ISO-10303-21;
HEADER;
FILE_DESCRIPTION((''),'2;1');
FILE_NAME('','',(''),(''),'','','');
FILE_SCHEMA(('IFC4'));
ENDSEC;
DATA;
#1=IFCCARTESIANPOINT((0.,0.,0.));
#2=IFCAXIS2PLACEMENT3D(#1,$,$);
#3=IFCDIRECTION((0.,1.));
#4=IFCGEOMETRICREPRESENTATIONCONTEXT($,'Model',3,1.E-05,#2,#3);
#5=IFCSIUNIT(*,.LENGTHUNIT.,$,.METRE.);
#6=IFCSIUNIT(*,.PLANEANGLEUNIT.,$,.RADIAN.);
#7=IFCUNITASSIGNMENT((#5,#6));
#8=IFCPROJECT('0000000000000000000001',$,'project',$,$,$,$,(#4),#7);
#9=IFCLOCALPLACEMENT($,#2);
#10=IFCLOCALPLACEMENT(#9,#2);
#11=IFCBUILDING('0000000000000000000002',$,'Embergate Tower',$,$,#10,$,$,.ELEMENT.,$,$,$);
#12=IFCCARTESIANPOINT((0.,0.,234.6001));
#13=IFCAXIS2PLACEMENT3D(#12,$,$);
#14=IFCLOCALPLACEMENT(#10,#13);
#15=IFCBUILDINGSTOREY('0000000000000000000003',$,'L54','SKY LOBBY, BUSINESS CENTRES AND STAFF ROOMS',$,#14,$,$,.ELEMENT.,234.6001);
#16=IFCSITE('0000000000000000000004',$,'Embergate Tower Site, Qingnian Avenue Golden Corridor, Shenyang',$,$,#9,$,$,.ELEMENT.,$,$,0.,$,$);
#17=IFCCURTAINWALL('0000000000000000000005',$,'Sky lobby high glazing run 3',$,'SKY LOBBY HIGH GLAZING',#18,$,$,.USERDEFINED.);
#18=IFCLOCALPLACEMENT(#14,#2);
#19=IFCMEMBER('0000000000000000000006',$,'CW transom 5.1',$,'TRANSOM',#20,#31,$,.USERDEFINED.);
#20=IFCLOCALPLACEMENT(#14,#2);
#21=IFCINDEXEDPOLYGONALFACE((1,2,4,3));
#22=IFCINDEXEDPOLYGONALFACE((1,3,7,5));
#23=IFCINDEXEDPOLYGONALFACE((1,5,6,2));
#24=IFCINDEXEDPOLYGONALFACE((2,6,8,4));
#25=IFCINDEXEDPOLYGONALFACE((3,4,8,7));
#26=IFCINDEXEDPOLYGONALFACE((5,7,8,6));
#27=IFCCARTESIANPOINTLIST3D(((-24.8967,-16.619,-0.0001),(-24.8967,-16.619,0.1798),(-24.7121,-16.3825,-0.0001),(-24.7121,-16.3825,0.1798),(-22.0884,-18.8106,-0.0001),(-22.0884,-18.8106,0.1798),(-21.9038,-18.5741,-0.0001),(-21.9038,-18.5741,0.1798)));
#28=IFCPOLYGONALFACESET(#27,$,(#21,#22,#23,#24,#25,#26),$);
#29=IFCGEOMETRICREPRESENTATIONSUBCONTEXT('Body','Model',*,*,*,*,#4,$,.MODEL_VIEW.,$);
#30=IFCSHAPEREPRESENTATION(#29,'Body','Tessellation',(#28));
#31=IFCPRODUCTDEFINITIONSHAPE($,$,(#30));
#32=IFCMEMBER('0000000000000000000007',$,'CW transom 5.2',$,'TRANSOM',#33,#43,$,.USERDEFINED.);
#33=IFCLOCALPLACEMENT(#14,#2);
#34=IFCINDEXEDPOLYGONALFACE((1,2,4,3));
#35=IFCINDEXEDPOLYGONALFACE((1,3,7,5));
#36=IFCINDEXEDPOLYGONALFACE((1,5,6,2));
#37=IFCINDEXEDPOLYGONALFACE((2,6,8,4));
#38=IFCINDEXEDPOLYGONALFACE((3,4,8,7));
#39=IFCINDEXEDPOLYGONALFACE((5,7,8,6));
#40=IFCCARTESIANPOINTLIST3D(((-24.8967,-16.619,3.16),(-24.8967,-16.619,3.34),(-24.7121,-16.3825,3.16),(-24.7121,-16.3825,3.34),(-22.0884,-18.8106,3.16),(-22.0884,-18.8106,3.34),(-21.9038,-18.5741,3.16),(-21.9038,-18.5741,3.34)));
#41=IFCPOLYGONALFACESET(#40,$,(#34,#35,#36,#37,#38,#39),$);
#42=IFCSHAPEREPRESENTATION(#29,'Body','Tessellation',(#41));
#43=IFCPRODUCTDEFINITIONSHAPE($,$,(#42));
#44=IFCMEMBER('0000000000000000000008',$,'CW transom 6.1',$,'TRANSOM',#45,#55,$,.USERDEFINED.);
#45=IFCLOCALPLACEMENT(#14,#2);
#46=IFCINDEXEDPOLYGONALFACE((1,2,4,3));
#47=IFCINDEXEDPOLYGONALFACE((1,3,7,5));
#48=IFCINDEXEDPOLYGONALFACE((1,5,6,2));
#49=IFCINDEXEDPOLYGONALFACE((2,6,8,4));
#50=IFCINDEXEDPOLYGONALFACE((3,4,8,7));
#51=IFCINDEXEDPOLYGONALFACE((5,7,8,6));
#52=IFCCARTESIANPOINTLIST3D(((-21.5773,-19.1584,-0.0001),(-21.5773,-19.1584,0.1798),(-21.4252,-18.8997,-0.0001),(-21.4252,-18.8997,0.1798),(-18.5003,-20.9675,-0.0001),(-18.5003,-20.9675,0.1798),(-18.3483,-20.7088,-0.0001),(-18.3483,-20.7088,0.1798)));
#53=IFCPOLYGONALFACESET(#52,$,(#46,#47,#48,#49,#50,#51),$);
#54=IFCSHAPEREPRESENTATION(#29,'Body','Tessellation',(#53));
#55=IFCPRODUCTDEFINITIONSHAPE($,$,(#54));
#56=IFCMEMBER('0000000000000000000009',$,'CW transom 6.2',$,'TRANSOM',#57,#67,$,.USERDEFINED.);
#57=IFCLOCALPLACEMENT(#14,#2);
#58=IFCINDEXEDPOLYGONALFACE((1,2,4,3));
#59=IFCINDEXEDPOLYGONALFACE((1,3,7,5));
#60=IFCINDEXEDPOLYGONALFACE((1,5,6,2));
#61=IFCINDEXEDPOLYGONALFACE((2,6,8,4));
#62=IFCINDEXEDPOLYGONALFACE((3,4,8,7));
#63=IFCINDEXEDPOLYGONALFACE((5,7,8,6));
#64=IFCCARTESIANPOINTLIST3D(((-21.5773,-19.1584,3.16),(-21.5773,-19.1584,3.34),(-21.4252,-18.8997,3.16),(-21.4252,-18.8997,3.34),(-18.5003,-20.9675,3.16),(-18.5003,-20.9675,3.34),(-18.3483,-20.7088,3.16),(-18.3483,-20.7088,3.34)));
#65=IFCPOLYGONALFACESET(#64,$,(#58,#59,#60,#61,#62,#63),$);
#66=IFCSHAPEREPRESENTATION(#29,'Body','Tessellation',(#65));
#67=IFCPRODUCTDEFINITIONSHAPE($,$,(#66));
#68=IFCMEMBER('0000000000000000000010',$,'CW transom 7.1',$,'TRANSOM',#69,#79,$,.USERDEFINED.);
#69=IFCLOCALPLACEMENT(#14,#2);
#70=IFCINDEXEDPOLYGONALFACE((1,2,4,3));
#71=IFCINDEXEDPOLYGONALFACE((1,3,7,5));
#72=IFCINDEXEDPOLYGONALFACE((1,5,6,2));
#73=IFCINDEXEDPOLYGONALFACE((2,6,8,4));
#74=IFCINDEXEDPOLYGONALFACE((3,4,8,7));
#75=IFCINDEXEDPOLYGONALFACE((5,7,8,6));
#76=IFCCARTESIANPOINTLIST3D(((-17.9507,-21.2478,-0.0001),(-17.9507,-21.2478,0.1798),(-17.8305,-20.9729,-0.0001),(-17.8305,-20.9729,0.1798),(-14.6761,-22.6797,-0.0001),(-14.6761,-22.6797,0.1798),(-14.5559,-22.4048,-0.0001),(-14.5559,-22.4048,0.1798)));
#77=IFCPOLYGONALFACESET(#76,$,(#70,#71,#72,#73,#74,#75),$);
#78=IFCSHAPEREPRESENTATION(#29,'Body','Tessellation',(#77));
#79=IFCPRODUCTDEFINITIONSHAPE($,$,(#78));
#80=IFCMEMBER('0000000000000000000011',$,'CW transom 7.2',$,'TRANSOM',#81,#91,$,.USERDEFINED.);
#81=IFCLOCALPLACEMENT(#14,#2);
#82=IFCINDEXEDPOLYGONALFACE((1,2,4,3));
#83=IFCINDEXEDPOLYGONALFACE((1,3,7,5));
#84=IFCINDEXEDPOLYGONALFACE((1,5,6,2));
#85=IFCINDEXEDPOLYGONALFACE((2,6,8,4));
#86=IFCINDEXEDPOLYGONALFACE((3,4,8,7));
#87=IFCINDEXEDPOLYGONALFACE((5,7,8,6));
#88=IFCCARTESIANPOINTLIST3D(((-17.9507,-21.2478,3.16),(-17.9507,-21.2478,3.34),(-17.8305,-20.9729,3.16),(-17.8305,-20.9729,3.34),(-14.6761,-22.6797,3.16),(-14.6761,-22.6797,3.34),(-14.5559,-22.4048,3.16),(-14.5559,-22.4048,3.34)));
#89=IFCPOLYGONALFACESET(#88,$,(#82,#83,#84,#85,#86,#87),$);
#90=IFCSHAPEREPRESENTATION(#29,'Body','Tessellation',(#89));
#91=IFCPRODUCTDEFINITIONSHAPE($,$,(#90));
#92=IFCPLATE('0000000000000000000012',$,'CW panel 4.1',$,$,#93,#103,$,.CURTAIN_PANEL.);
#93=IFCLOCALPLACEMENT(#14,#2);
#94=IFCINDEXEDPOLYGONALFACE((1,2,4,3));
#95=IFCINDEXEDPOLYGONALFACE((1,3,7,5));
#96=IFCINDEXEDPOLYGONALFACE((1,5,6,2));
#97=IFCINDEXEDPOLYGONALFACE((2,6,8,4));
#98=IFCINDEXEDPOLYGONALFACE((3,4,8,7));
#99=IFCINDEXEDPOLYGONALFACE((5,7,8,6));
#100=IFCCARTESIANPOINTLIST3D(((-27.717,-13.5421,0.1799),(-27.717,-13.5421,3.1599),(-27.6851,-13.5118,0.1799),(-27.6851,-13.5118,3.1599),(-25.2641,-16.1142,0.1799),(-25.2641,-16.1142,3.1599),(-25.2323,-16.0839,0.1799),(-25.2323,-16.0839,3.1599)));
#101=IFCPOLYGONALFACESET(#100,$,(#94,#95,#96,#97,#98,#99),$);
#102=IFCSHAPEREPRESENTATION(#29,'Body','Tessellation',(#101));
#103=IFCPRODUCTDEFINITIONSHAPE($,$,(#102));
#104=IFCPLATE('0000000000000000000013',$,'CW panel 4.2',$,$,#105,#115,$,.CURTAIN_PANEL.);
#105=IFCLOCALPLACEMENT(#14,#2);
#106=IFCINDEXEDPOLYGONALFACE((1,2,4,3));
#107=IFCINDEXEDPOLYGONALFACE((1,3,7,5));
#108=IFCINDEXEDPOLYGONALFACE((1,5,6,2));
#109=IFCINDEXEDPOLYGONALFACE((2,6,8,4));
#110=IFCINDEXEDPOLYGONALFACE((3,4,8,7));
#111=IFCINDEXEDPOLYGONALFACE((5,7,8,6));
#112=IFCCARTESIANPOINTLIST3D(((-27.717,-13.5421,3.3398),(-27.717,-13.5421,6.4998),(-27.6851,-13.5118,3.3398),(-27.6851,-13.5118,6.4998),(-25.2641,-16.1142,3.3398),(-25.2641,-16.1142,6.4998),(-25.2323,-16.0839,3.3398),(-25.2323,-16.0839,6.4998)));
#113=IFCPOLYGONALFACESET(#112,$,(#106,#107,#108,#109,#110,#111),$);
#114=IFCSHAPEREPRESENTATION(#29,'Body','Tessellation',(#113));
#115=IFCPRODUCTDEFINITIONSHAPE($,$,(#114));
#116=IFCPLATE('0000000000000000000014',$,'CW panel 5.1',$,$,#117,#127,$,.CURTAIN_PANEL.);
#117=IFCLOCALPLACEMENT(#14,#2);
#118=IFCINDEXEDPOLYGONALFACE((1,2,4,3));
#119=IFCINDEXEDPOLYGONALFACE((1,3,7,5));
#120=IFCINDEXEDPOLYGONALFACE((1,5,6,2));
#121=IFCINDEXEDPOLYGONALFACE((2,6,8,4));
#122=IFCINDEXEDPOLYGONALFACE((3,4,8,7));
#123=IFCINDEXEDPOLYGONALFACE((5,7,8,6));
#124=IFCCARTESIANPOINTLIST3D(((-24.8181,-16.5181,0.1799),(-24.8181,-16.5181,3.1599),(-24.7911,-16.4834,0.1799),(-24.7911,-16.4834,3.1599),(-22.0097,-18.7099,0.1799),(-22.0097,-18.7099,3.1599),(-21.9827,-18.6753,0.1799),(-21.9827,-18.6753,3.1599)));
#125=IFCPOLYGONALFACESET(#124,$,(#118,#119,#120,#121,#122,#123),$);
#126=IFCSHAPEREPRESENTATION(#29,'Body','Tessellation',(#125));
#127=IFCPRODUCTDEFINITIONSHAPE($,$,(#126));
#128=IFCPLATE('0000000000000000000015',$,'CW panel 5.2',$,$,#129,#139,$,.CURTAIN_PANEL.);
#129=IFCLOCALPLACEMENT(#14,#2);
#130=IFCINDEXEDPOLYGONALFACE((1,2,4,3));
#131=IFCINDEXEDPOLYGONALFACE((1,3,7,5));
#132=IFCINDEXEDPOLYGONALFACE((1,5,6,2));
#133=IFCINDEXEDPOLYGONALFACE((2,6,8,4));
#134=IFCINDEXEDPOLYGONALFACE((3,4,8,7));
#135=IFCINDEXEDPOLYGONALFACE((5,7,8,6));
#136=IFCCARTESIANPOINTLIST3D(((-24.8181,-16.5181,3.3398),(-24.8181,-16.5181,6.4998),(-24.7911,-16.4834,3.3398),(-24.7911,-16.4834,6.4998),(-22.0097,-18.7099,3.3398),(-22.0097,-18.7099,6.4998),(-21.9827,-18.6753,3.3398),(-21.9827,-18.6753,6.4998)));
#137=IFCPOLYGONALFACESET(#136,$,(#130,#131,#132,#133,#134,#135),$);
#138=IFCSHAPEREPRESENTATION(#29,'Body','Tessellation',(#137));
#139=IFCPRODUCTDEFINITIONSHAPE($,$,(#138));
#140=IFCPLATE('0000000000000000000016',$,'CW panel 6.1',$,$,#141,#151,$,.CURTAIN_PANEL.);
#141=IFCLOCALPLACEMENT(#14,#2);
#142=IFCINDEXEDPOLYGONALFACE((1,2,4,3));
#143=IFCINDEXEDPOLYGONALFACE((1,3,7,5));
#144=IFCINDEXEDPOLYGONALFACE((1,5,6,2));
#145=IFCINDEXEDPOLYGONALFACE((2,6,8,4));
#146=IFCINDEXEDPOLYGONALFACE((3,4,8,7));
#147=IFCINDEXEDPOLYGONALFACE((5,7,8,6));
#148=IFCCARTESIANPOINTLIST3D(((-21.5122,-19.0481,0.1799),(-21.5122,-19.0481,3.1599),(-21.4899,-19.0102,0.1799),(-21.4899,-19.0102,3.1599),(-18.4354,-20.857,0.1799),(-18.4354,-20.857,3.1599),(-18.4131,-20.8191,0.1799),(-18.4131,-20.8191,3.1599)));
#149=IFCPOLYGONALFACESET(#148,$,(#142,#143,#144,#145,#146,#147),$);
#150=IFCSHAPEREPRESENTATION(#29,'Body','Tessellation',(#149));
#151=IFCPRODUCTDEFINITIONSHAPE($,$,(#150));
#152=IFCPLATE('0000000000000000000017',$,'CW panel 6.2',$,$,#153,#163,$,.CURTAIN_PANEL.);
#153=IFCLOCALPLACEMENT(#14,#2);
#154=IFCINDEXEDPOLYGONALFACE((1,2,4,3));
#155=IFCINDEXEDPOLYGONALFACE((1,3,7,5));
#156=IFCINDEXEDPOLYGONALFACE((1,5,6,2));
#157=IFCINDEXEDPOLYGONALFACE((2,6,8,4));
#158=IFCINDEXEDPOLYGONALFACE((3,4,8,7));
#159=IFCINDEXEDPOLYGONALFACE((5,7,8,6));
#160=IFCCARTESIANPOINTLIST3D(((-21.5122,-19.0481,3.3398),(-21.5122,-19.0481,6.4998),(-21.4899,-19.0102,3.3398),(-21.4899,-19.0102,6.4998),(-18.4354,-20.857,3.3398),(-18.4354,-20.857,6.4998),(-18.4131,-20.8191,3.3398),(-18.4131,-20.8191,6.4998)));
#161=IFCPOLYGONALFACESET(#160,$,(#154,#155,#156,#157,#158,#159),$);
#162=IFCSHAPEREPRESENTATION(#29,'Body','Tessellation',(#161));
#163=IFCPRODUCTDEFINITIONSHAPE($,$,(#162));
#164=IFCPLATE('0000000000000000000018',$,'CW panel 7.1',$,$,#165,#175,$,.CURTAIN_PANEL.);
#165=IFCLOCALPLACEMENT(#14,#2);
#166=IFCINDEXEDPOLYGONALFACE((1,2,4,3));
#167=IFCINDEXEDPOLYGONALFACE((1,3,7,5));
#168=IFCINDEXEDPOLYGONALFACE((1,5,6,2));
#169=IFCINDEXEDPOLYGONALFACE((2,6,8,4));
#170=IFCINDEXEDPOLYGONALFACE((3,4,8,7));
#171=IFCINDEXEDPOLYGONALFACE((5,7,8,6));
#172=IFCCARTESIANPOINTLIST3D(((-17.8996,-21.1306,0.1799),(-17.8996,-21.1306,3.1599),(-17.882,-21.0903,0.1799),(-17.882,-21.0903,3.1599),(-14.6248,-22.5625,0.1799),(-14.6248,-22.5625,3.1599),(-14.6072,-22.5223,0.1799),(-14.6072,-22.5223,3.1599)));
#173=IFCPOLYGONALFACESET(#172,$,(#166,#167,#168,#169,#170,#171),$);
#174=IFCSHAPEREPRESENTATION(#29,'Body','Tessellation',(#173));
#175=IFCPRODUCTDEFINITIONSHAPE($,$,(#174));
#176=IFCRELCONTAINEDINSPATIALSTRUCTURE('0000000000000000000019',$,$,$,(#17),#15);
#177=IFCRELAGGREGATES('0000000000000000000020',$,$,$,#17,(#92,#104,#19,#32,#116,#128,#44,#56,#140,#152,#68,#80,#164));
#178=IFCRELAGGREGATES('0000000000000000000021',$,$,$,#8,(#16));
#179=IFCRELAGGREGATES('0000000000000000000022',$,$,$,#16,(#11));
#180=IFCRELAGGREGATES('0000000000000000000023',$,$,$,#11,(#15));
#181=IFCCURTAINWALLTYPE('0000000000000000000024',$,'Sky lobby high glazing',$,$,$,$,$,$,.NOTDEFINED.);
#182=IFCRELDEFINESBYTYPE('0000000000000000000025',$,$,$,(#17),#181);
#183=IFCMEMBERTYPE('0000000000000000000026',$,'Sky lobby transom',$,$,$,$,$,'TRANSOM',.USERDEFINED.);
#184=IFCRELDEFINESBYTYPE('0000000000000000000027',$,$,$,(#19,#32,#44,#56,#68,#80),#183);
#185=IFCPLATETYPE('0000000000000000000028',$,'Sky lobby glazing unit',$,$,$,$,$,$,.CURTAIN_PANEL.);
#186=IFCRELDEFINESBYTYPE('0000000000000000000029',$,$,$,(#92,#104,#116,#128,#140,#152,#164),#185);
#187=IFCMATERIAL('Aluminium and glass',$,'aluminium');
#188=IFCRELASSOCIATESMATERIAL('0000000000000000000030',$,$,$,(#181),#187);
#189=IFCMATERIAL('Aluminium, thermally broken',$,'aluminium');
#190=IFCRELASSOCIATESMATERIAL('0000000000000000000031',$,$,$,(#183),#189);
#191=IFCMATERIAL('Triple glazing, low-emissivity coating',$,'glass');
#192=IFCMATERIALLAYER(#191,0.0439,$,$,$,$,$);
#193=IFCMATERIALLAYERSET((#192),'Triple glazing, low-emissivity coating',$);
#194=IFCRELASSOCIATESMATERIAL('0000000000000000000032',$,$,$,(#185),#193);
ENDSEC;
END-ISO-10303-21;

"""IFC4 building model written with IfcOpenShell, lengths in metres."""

from ifc_helpers import new_model, si_unit, direction, frame, origin, origin_2d, place, context, subcontext, project, spatial, rectangle, extrude, source, transform, mapped, material, layer, layer_set, material_profile, profile_set, type_object, element, aggregate, save


model = new_model("IFC4")

# Units and contexts
model_context = context("Model", 3, precision=1e-05, world=origin(), true_north=direction((0.0, 1.0)))
body_context = subcontext(model_context, "Body", "Model", "MODEL_VIEW")
ifc_project = project(units=[si_unit("LENGTHUNIT", "METRE"), si_unit("PLANEANGLEUNIT", "RADIAN")], contexts=[model_context])

# Site, building, storey
site_placement = place(None, origin())
site = spatial("IfcSite", under=ifc_project, at=site_placement, Name="Embergate Tower Site, Qingnian Avenue Golden Corridor, Shenyang", CompositionType="ELEMENT", RefElevation=0.0)
building_placement = place(site_placement, origin())
building = spatial("IfcBuilding", under=site, at=building_placement, Name="Embergate Tower", CompositionType="ELEMENT")
storey_placement = place(building_placement, frame((0.0, 0.0, 234.6001)))
storey = spatial("IfcBuildingStorey", under=building, at=storey_placement, Name="L54", Description="SKY LOBBY, BUSINESS CENTRES AND STAFF ROOMS", CompositionType="ELEMENT", Elevation=234.6001)

# Curtain wall, members, plates
ifc_material_1 = material(Name="Aluminium and glass", Category="aluminium")
curtain_wall_type = type_object("IfcCurtainWallType", Name="Sky lobby high glazing", PredefinedType="NOTDEFINED", material=ifc_material_1)
curtain_wall_placement = place(storey_placement, origin())
curtain_wall = element("IfcCurtainWall", 1, at=curtain_wall_placement, inside=storey, type_object=curtain_wall_type, Name="Sky lobby high glazing run 3", ObjectType="SKY LOBBY HIGH GLAZING", PredefinedType="USERDEFINED")
ifc_material_2 = material(Name="Aluminium, thermally broken", Category="aluminium")
ifc_material_profile_1 = material_profile(ifc_material_2, rectangle(XDim=0.3, YDim=0.1799, at=origin_2d()), Name="AL 180x300")
ifc_profile_set_1 = profile_set([ifc_material_profile_1], Name="Aluminium, thermally broken")
member_type_1 = type_object("IfcMemberType", Name="Sky lobby transom", ElementType="TRANSOM", PredefinedType="USERDEFINED", material=ifc_profile_set_1)
shared_shape_1 = source(origin(), body_context, "Body", "SweptSolid", [
    extrude(rectangle(XDim=0.3, YDim=0.1799, at=origin_2d()), origin(), (0.0, 0.0, 1.0), 3.5623),
])
member_1_placement = place(storey_placement, frame((-24.8044, -16.5007, 0.0898), z_axis=(0.788347, -0.61523, 0.0), x_axis=(0.61523, 0.788347, 0.0)))
member_1 = element("IfcMember", 2, at=member_1_placement, type_object=member_type_1, Name="CW transom 5.1", ObjectType="TRANSOM", PredefinedType="USERDEFINED", context=body_context, shape_type="MappedRepresentation", body=[
    mapped(shared_shape_1, transform((0.0, 0.0, 0.0))),
])
member_2_placement = place(storey_placement, frame((-24.8044, -16.5007, 3.25), z_axis=(0.788347, -0.61523, 0.0), x_axis=(0.61523, 0.788347, 0.0)))
member_2 = element("IfcMember", 3, at=member_2_placement, type_object=member_type_1, Name="CW transom 5.2", ObjectType="TRANSOM", PredefinedType="USERDEFINED", context=body_context, shape_type="MappedRepresentation", body=[
    mapped(shared_shape_1, transform((0.0, 0.0, 0.0))),
])
shared_shape_2 = source(origin(), body_context, "Body", "SweptSolid", [
    extrude(rectangle(XDim=0.3, YDim=0.1799, at=origin_2d()), origin(), (0.0, 0.0, 1.0), 3.5693),
])
member_3_placement = place(storey_placement, frame((-21.5012, -19.0291, 0.0898), z_axis=(0.86204, -0.506841, 0.0), x_axis=(0.506841, 0.86204, 0.0)))
member_3 = element("IfcMember", 4, at=member_3_placement, type_object=member_type_1, Name="CW transom 6.1", ObjectType="TRANSOM", PredefinedType="USERDEFINED", context=body_context, shape_type="MappedRepresentation", body=[
    mapped(shared_shape_2, transform((0.0, 0.0, 0.0))),
])
member_4_placement = place(storey_placement, frame((-21.5012, -19.0291, 3.25), z_axis=(0.86204, -0.506841, 0.0), x_axis=(0.506841, 0.86204, 0.0)))
member_4 = element("IfcMember", 5, at=member_4_placement, type_object=member_type_1, Name="CW transom 6.2", ObjectType="TRANSOM", PredefinedType="USERDEFINED", context=body_context, shape_type="MappedRepresentation", body=[
    mapped(shared_shape_2, transform((0.0, 0.0, 0.0))),
])
shared_shape_3 = source(origin(), body_context, "Body", "SweptSolid", [
    extrude(rectangle(XDim=0.3, YDim=0.1799, at=origin_2d()), origin(), (0.0, 0.0, 1.0), 3.574),
])
member_5_placement = place(storey_placement, frame((-17.8906, -21.1104, 0.0898), z_axis=(0.916237, -0.400636, 0.0), x_axis=(0.400636, 0.916237, 0.0)))
member_5 = element("IfcMember", 6, at=member_5_placement, type_object=member_type_1, Name="CW transom 7.1", ObjectType="TRANSOM", PredefinedType="USERDEFINED", context=body_context, shape_type="MappedRepresentation", body=[
    mapped(shared_shape_3, transform((0.0, 0.0, 0.0))),
])
member_6_placement = place(storey_placement, frame((-17.8906, -21.1104, 3.25), z_axis=(0.916237, -0.400636, 0.0), x_axis=(0.400636, 0.916237, 0.0)))
member_6 = element("IfcMember", 7, at=member_6_placement, type_object=member_type_1, Name="CW transom 7.2", ObjectType="TRANSOM", PredefinedType="USERDEFINED", context=body_context, shape_type="MappedRepresentation", body=[
    mapped(shared_shape_3, transform((0.0, 0.0, 0.0))),
])
ifc_material_3 = material(Name="Triple glazing, low-emissivity coating", Category="glass")
ifc_layer_1 = layer(ifc_material_3, 0.0439)
ifc_layer_set_1 = layer_set([ifc_layer_1], Name="Triple glazing, low-emissivity coating")
plate_type = type_object("IfcPlateType", Name="Sky lobby glazing unit", PredefinedType="CURTAIN_PANEL", material=ifc_layer_set_1)
shared_shape_4 = source(origin(), body_context, "Body", "SweptSolid", [
    extrude(rectangle(XDim=3.5542, YDim=0.0439, at=origin_2d()), origin(), (0.0, 0.0, 1.0), 2.98),
])
plate_1_placement = place(storey_placement, frame((-26.4746, -14.813, 0.1799), z_axis=(0.0, 0.0, 1.0), x_axis=(0.690136, -0.723679, 0.0)))
plate_1 = element("IfcPlate", 8, at=plate_1_placement, type_object=plate_type, Name="CW panel 4.1", PredefinedType="CURTAIN_PANEL", context=body_context, shape_type="MappedRepresentation", body=[
    mapped(shared_shape_4, transform((0.0, 0.0, 0.0))),
])
shared_shape_5 = source(origin(), body_context, "Body", "SweptSolid", [
    extrude(rectangle(XDim=3.5542, YDim=0.0439, at=origin_2d()), origin(), (0.0, 0.0, 1.0), 3.1599),
])
plate_2_placement = place(storey_placement, frame((-26.4746, -14.813, 3.3398), z_axis=(0.0, 0.0, 1.0), x_axis=(0.690136, -0.723679, 0.0)))
plate_2 = element("IfcPlate", 9, at=plate_2_placement, type_object=plate_type, Name="CW panel 4.2", PredefinedType="CURTAIN_PANEL", context=body_context, shape_type="MappedRepresentation", body=[
    mapped(shared_shape_5, transform((0.0, 0.0, 0.0))),
])
shared_shape_6 = source(origin(), body_context, "Body", "SweptSolid", [
    extrude(rectangle(XDim=3.5625, YDim=0.0439, at=origin_2d()), origin(), (0.0, 0.0, 1.0), 2.98),
])
plate_3_placement = place(storey_placement, frame((-23.4004, -17.5967, 0.1799), z_axis=(0.0, 0.0, 1.0), x_axis=(0.788321, -0.615264, 0.0)))
plate_3 = element("IfcPlate", 10, at=plate_3_placement, type_object=plate_type, Name="CW panel 5.1", PredefinedType="CURTAIN_PANEL", context=body_context, shape_type="MappedRepresentation", body=[
    mapped(shared_shape_6, transform((0.0, 0.0, 0.0))),
])
shared_shape_7 = source(origin(), body_context, "Body", "SweptSolid", [
    extrude(rectangle(XDim=3.5625, YDim=0.0439, at=origin_2d()), origin(), (0.0, 0.0, 1.0), 3.1599),
])
plate_4_placement = place(storey_placement, frame((-23.4004, -17.5967, 3.3398), z_axis=(0.0, 0.0, 1.0), x_axis=(0.788321, -0.615264, 0.0)))
plate_4 = element("IfcPlate", 11, at=plate_4_placement, type_object=plate_type, Name="CW panel 5.2", PredefinedType="CURTAIN_PANEL", context=body_context, shape_type="MappedRepresentation", body=[
    mapped(shared_shape_7, transform((0.0, 0.0, 0.0))),
])
shared_shape_8 = source(origin(), body_context, "Body", "SweptSolid", [
    extrude(rectangle(XDim=3.5691, YDim=0.0439, at=origin_2d()), origin(), (0.0, 0.0, 1.0), 2.98),
])
plate_5_placement = place(storey_placement, frame((-19.9626, -19.9336, 0.1799), z_axis=(0.0, 0.0, 1.0), x_axis=(0.862053, -0.506818, 0.0)))
plate_5 = element("IfcPlate", 12, at=plate_5_placement, type_object=plate_type, Name="CW panel 6.1", PredefinedType="CURTAIN_PANEL", context=body_context, shape_type="MappedRepresentation", body=[
    mapped(shared_shape_8, transform((0.0, 0.0, 0.0))),
])
shared_shape_9 = source(origin(), body_context, "Body", "SweptSolid", [
    extrude(rectangle(XDim=3.5691, YDim=0.0439, at=origin_2d()), origin(), (0.0, 0.0, 1.0), 3.1599),
])
plate_6_placement = place(storey_placement, frame((-19.9626, -19.9336, 3.3398), z_axis=(0.0, 0.0, 1.0), x_axis=(0.862053, -0.506818, 0.0)))
plate_6 = element("IfcPlate", 13, at=plate_6_placement, type_object=plate_type, Name="CW panel 6.2", PredefinedType="CURTAIN_PANEL", context=body_context, shape_type="MappedRepresentation", body=[
    mapped(shared_shape_9, transform((0.0, 0.0, 0.0))),
])
shared_shape_10 = source(origin(), body_context, "Body", "SweptSolid", [
    extrude(rectangle(XDim=3.5742, YDim=0.0439, at=origin_2d()), origin(), (0.0, 0.0, 1.0), 2.98),
])
plate_7_placement = place(storey_placement, frame((-16.2534, -21.8264, 0.1799), z_axis=(0.0, 0.0, 1.0), x_axis=(0.916236, -0.400638, 0.0)))
plate_7 = element("IfcPlate", 14, at=plate_7_placement, type_object=plate_type, Name="CW panel 7.1", PredefinedType="CURTAIN_PANEL", context=body_context, shape_type="MappedRepresentation", body=[
    mapped(shared_shape_10, transform((0.0, 0.0, 0.0))),
])
aggregate(curtain_wall, [plate_1, plate_2, member_1, member_2, plate_3, plate_4, member_3, member_4, plate_5, plate_6, member_5, member_6, plate_7])

save(model, "model.ifc")
